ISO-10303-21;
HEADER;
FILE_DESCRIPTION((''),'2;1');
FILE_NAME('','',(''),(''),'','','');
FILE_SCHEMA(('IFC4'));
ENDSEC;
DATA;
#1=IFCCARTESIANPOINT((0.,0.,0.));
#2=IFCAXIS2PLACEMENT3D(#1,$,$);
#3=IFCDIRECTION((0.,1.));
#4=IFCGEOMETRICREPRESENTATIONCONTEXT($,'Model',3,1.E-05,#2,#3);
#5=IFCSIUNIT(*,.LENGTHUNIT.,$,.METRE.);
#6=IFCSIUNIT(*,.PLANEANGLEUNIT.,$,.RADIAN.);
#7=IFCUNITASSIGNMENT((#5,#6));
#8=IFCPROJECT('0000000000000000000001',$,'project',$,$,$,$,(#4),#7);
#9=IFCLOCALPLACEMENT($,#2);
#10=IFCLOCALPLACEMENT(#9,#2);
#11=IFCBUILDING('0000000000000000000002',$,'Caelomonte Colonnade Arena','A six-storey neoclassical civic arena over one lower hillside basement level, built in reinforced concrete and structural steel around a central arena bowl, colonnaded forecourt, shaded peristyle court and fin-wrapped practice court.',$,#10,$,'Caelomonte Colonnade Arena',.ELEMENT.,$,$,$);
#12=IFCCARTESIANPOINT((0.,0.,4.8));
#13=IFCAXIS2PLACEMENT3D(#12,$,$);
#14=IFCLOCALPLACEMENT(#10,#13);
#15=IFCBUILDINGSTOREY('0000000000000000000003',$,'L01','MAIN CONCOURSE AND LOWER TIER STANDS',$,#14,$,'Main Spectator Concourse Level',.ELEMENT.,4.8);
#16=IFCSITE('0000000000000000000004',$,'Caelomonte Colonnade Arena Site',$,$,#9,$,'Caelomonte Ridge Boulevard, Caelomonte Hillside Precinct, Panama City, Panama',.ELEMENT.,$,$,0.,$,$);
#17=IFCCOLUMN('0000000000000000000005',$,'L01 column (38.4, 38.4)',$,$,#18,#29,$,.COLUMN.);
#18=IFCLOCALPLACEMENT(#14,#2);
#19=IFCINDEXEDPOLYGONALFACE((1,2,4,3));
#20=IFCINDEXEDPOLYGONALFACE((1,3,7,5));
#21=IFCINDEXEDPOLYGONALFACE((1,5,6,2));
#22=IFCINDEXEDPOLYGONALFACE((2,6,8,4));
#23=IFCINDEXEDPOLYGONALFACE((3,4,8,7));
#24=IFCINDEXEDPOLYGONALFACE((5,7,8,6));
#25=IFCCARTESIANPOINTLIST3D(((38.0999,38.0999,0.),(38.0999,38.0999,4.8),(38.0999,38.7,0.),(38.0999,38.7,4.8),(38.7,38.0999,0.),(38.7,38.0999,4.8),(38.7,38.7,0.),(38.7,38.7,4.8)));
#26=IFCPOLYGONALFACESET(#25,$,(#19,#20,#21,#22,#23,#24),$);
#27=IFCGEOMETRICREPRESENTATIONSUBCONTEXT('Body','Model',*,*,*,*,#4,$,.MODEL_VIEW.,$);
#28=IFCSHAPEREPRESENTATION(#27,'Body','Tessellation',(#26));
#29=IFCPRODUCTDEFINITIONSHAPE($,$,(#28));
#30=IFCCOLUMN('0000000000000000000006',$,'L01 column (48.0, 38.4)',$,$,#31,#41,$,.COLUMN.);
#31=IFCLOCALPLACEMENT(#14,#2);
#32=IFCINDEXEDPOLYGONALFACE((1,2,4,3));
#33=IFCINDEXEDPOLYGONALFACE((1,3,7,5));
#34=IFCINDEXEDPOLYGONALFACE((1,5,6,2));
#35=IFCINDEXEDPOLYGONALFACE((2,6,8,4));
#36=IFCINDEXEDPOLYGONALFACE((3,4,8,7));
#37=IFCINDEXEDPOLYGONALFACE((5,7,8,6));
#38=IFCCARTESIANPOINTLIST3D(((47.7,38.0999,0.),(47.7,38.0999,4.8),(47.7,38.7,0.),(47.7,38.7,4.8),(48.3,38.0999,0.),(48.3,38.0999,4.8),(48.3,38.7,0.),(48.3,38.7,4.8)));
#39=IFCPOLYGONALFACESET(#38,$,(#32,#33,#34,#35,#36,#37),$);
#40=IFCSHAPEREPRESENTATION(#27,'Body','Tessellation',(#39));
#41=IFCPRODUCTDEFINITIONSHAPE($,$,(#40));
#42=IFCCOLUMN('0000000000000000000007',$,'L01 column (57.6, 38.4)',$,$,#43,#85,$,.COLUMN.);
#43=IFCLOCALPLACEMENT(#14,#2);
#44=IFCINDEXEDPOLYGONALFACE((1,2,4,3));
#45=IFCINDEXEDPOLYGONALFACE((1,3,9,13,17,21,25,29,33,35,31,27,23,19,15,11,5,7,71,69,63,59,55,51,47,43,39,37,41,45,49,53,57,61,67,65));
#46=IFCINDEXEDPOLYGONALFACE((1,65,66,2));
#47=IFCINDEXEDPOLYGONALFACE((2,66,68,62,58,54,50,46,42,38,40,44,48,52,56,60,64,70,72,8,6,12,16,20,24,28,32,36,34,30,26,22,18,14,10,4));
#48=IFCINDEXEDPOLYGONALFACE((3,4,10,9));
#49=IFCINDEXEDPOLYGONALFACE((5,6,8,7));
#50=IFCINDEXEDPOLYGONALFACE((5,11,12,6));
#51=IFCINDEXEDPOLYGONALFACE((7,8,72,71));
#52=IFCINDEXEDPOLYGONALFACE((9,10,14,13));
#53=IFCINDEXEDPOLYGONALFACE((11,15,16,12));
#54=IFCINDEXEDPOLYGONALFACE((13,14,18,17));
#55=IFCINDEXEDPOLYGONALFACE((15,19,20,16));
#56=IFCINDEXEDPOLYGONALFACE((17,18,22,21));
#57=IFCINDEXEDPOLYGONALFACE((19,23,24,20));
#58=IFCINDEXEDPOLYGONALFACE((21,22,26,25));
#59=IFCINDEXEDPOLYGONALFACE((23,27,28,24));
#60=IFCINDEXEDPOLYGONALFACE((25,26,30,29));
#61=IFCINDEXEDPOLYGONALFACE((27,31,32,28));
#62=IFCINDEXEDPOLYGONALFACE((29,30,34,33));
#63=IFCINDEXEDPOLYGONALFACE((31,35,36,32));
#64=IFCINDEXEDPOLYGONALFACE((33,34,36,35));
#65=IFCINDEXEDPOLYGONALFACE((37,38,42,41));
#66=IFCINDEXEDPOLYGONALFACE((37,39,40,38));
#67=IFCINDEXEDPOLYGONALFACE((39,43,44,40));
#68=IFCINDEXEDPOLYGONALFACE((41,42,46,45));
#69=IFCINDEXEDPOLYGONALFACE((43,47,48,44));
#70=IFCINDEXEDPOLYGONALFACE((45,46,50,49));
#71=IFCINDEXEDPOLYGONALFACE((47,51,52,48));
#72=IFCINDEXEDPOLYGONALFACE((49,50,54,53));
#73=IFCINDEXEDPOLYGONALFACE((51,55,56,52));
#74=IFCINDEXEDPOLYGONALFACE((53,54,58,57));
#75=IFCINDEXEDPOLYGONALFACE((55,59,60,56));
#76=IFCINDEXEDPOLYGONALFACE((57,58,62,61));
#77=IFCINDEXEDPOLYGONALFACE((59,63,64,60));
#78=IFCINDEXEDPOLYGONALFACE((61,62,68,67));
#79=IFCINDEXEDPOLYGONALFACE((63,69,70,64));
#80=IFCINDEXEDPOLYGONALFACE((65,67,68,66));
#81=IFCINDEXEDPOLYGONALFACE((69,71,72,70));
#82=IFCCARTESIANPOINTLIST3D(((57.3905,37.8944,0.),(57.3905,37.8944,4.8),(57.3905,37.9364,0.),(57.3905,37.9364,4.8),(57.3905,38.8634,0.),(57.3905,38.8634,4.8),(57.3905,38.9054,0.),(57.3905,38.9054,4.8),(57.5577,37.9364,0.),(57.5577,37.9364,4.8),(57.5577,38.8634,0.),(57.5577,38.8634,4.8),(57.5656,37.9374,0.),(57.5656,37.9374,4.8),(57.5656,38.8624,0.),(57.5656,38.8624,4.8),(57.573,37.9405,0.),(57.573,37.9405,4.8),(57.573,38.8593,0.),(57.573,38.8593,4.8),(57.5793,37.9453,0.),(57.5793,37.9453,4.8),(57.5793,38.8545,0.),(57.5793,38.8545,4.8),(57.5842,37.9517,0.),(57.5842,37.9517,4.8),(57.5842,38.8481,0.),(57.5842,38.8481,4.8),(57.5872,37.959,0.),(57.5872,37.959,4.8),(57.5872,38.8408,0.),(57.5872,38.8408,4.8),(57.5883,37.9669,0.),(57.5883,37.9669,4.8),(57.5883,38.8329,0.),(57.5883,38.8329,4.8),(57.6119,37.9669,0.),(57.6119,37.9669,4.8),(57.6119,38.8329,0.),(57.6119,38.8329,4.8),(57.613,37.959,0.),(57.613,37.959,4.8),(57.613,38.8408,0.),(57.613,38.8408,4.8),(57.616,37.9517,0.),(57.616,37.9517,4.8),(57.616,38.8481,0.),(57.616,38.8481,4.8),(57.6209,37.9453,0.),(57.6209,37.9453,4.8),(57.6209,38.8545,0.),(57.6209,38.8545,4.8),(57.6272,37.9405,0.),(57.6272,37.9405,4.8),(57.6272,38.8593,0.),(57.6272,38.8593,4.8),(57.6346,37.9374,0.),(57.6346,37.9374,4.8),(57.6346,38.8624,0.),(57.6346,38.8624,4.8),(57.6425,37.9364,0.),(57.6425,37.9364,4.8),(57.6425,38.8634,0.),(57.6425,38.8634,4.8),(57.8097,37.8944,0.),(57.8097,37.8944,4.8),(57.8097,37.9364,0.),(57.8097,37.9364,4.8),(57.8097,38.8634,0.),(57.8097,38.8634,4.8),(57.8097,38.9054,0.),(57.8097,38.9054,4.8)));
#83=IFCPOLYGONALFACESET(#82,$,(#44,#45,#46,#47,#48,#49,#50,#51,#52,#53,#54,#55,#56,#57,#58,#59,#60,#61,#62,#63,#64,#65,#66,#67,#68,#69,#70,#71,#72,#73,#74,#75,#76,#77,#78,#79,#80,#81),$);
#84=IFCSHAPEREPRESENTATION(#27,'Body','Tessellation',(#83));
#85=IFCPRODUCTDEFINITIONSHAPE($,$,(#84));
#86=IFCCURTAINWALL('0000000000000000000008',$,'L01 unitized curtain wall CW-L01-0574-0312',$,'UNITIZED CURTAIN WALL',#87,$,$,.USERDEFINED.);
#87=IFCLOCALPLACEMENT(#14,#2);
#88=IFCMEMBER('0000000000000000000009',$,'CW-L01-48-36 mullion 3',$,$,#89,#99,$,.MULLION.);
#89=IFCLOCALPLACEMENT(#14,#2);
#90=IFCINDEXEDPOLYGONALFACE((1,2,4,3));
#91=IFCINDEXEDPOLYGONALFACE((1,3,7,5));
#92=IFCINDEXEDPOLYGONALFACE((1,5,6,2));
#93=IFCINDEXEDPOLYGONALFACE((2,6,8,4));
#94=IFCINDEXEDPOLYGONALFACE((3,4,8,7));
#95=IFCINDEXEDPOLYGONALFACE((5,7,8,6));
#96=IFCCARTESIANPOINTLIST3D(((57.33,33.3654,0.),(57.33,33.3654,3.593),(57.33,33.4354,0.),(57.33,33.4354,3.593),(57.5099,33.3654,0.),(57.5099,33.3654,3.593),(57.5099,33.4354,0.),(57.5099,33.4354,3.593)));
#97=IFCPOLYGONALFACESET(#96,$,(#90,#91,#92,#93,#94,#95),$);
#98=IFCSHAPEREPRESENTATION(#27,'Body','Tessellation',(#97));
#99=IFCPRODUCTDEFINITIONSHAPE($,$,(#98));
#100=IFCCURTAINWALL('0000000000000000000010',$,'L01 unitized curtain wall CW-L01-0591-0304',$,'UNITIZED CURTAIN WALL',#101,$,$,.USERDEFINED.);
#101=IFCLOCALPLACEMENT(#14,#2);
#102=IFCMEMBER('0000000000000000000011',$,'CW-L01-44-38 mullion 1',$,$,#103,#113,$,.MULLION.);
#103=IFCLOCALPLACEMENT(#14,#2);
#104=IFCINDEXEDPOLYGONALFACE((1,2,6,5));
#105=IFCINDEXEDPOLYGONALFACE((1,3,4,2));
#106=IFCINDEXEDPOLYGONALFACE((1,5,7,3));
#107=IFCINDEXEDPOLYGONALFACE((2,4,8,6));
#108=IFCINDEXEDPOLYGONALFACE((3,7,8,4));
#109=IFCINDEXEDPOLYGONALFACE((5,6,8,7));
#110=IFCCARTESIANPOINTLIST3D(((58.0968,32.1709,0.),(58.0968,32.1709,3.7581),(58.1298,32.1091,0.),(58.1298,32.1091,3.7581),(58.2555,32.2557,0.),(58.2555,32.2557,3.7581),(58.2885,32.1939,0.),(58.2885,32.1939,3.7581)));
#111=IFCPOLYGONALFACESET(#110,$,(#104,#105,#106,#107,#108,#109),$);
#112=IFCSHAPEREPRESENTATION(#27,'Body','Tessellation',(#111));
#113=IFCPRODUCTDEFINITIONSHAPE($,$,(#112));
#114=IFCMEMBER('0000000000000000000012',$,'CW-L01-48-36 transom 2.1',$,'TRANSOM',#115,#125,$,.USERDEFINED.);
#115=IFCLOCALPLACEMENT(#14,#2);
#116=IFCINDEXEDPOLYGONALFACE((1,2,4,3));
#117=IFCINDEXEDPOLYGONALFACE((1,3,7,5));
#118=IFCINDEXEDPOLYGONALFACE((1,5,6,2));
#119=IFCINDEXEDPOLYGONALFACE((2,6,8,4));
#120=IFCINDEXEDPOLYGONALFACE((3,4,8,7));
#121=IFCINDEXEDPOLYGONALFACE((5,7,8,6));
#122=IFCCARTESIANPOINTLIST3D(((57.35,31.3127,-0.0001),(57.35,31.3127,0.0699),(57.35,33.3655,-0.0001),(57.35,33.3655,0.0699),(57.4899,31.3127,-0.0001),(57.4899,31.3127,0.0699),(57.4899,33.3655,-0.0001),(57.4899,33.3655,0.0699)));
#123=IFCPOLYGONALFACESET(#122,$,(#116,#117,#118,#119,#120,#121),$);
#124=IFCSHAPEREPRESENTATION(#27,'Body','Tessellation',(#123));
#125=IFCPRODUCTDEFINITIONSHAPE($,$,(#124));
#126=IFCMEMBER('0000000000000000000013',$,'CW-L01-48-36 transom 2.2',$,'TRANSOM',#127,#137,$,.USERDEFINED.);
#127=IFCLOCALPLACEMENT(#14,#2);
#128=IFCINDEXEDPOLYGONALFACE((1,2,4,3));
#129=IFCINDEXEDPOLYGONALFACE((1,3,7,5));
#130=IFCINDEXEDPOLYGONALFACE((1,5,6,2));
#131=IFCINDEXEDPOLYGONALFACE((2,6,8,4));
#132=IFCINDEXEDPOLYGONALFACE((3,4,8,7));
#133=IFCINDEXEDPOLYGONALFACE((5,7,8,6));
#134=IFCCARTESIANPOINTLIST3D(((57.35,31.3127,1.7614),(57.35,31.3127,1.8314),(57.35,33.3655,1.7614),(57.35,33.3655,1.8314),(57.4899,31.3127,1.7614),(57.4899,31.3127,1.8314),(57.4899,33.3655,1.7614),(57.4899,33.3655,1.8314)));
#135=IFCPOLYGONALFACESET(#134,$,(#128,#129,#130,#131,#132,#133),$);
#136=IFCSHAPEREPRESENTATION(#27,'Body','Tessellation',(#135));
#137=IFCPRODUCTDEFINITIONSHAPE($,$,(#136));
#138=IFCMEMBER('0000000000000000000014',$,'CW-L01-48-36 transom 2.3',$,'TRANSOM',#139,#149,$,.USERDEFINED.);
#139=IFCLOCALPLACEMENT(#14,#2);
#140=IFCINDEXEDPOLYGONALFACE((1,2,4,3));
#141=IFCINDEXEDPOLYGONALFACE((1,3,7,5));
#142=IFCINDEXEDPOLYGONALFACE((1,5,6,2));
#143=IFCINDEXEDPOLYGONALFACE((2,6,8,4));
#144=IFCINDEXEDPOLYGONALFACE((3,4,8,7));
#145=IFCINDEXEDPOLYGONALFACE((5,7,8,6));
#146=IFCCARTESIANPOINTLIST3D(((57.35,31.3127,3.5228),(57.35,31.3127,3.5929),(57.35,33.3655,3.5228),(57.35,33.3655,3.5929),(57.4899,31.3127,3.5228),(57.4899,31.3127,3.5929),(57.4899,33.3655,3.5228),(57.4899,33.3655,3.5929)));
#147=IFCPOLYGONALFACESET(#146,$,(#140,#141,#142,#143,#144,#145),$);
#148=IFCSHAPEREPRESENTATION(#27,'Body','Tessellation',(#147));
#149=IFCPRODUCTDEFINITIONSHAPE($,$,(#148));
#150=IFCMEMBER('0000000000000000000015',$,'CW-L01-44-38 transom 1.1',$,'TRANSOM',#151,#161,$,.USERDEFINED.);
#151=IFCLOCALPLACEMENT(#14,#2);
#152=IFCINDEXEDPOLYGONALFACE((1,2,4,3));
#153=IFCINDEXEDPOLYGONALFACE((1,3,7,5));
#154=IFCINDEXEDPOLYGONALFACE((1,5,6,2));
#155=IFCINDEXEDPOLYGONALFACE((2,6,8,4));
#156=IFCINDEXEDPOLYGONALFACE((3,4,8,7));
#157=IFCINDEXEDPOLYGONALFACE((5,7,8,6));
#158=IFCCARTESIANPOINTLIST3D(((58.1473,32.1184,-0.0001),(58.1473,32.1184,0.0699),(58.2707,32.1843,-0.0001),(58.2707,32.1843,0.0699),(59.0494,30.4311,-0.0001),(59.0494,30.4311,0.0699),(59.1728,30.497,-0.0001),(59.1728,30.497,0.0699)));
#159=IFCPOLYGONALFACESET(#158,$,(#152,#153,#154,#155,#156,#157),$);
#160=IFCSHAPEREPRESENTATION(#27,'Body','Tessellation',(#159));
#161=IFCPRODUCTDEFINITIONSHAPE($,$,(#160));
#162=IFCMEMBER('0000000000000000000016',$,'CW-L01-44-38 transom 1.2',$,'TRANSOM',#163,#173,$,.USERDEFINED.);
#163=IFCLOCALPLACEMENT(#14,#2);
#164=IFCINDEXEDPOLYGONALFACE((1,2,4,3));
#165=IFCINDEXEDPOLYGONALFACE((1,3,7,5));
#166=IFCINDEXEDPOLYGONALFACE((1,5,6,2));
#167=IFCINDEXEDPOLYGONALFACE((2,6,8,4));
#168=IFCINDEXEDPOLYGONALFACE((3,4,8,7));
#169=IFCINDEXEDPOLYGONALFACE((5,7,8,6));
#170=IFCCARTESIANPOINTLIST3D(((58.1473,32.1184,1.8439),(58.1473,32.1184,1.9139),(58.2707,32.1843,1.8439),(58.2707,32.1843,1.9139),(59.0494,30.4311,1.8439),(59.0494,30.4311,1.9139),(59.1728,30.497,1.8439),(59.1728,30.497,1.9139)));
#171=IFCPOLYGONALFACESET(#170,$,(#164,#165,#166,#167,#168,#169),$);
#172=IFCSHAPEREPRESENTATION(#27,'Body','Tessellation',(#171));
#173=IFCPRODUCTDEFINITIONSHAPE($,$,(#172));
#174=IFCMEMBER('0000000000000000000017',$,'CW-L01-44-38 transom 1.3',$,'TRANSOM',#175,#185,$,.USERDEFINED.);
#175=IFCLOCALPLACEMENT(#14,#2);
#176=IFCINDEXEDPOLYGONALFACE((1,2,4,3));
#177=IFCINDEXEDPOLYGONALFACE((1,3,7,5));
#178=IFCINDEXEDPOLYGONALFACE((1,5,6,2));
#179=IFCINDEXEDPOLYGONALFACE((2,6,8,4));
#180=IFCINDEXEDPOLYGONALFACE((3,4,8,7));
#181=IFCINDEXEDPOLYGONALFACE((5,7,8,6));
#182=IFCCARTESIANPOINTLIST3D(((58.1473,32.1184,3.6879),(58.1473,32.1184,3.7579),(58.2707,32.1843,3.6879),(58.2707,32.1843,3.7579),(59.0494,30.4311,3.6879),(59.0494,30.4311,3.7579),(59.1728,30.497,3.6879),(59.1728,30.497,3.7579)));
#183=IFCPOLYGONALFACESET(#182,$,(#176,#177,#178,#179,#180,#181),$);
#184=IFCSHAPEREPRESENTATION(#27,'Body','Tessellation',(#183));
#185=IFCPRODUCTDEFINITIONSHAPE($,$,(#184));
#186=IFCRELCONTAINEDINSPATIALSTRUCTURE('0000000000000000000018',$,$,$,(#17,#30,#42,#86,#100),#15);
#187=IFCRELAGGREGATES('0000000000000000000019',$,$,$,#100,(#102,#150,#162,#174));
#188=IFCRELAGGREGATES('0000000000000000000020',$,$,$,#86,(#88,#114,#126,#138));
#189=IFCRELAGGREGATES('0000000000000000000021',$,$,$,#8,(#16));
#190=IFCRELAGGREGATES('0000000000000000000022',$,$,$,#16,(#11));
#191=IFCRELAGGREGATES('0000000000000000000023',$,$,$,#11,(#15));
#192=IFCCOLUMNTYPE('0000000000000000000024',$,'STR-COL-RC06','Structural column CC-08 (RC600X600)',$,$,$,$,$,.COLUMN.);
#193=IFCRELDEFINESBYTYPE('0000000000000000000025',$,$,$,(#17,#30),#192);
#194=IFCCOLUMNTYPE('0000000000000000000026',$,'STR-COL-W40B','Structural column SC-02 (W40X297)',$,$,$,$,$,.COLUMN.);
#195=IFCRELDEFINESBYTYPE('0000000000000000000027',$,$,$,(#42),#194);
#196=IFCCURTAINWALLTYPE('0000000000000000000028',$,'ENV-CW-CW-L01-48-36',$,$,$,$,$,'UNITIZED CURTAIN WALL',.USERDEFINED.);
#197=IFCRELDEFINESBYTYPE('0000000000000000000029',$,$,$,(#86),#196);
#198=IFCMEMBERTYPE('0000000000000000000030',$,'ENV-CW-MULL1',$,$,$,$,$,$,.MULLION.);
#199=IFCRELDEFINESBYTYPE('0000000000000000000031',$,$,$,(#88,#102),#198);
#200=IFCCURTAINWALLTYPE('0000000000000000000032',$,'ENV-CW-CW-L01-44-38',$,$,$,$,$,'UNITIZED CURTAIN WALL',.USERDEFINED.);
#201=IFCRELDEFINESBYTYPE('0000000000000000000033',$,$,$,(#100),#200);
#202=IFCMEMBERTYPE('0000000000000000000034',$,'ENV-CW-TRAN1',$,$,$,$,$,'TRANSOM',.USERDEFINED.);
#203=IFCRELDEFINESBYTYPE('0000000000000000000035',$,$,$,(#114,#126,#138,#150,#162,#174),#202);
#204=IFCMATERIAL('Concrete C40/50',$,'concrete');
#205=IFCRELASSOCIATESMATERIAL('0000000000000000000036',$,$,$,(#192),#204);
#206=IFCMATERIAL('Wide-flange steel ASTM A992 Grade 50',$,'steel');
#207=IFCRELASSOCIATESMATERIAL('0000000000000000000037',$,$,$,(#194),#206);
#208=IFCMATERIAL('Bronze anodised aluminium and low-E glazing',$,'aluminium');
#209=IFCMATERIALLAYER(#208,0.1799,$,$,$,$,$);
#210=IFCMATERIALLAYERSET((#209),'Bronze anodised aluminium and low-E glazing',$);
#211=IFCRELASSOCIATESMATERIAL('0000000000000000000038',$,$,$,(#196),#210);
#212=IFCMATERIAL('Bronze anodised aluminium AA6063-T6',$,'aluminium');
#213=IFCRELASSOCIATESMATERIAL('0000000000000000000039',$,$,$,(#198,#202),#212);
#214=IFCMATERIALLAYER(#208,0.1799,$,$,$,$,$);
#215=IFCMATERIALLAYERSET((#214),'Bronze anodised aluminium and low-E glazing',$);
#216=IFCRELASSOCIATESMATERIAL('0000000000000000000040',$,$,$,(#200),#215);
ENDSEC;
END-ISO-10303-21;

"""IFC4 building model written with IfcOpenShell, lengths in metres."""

from ifc_helpers import new_model, si_unit, direction, frame, origin, origin_2d, place, context, subcontext, project, spatial, rectangle, i_section, extrude, material, layer, layer_set, material_profile, profile_set, type_object, element, aggregate, save


model = new_model("IFC4")

# Units and contexts
model_context = context("Model", 3, precision=1e-05, world=origin(), true_north=direction((0.0, 1.0)))
body_context = subcontext(model_context, "Body", "Model", "MODEL_VIEW")
ifc_project = project(units=[si_unit("LENGTHUNIT", "METRE"), si_unit("PLANEANGLEUNIT", "RADIAN")], contexts=[model_context])

# Site, building, storey
site_placement = place(None, origin())
site = spatial("IfcSite", under=ifc_project, at=site_placement, Name="Caelomonte Colonnade Arena Site", LongName="Caelomonte Ridge Boulevard, Caelomonte Hillside Precinct, Panama City, Panama", CompositionType="ELEMENT", RefElevation=0.0)
building_placement = place(site_placement, origin())
building = spatial("IfcBuilding", under=site, at=building_placement, Name="Caelomonte Colonnade Arena", Description="A six-storey neoclassical civic arena over one lower hillside basement level, built in reinforced concrete and structural steel around a central arena bowl, colonnaded forecourt, shaded peristyle court and fin-wrapped practice court.", LongName="Caelomonte Colonnade Arena", CompositionType="ELEMENT")
storey_placement = place(building_placement, frame((0.0, 0.0, 4.8)))
storey = spatial("IfcBuildingStorey", under=building, at=storey_placement, Name="L01", Description="MAIN CONCOURSE AND LOWER TIER STANDS", LongName="Main Spectator Concourse Level", CompositionType="ELEMENT", Elevation=4.8)

# Columns
ifc_material_1 = material(Name="Concrete C40/50", Category="concrete")
ifc_material_profile_1 = material_profile(ifc_material_1, rectangle(XDim=0.6001, YDim=0.6001, at=origin_2d()), Name="RC600X600")
ifc_profile_set_1 = profile_set([ifc_material_profile_1], Name="Concrete C40/50")
column_type_1 = type_object("IfcColumnType", Name="STR-COL-RC06", Description="Structural column CC-08 (RC600X600)", PredefinedType="COLUMN", material=ifc_profile_set_1)
for number, where, z_axis, x_axis, name in (
    (1, (38.3999, 38.3999, 0.0), (0.0, 0.0, 1.0), (1.0, 0.0, 0.0), "L01 column (38.4, 38.4)"),
    (2, (48.0, 38.3999, 0.0), (0.0, 0.0, 1.0), (1.0, 0.0, 0.0), "L01 column (48.0, 38.4)"),
):
    element("IfcColumn", number, at=place(storey_placement, frame(where, z_axis=z_axis, x_axis=x_axis)), inside=storey, type_object=column_type_1, Name=name, PredefinedType="COLUMN", context=body_context, shape_type="SweptSolid", body=[
        extrude(rectangle(XDim=0.6001, YDim=0.6001, at=origin_2d()), origin(), (0.0, 0.0, 1.0), 4.8),
    ])
ifc_material_2 = material(Name="Wide-flange steel ASTM A992 Grade 50", Category="steel")
ifc_material_profile_2 = material_profile(ifc_material_2, i_section(OverallWidth=0.4192, OverallDepth=1.011, WebThickness=0.0237, FlangeThickness=0.042, FilletRadius=0.0305, at=origin_2d()), Name="W40X297")
ifc_profile_set_2 = profile_set([ifc_material_profile_2], Name="Wide-flange steel ASTM A992 Grade 50")
column_type_2 = type_object("IfcColumnType", Name="STR-COL-W40B", Description="Structural column SC-02 (W40X297)", PredefinedType="COLUMN", material=ifc_profile_set_2)
column_placement = place(storey_placement, frame((57.6001, 38.3999, 0.0), z_axis=(0.0, 0.0, 1.0), x_axis=(1.0, 0.0, 0.0)))
element("IfcColumn", 3, at=column_placement, inside=storey, type_object=column_type_2, Name="L01 column (57.6, 38.4)", PredefinedType="COLUMN", context=body_context, shape_type="SweptSolid", body=[
    extrude(i_section(OverallWidth=0.4192, OverallDepth=1.011, WebThickness=0.0237, FlangeThickness=0.042, FilletRadius=0.0305, at=origin_2d()), origin(), (0.0, 0.0, 1.0), 4.8),
])

# Curtain walls, members
ifc_material_3 = material(Name="Bronze anodised aluminium and low-E glazing", Category="aluminium")
ifc_layer_1 = layer(ifc_material_3, 0.1799)
ifc_layer_set_1 = layer_set([ifc_layer_1], Name="Bronze anodised aluminium and low-E glazing")
curtain_wall_type_1 = type_object("IfcCurtainWallType", Name="ENV-CW-CW-L01-48-36", ElementType="UNITIZED CURTAIN WALL", PredefinedType="USERDEFINED", material=ifc_layer_set_1)
curtain_wall_1_placement = place(storey_placement, origin())
curtain_wall_1 = element("IfcCurtainWall", 4, at=curtain_wall_1_placement, inside=storey, type_object=curtain_wall_type_1, Name="L01 unitized curtain wall CW-L01-0574-0312", ObjectType="UNITIZED CURTAIN WALL", PredefinedType="USERDEFINED")
ifc_material_4 = material(Name="Bronze anodised aluminium AA6063-T6", Category="aluminium")
ifc_material_profile_3 = material_profile(ifc_material_4, rectangle(XDim=0.0701, YDim=0.1799, at=origin_2d()), Name="CWM-70X180")
ifc_profile_set_3 = profile_set([ifc_material_profile_3], Name="Bronze anodised aluminium AA6063-T6")
member_type_1 = type_object("IfcMemberType", Name="ENV-CW-MULL1", PredefinedType="MULLION", material=ifc_profile_set_3)
member_1_placement = place(storey_placement, frame((57.4199, 33.4004, 0.0), z_axis=(0.0, 0.0, 1.0), x_axis=(0.0, 1.0, 0.0)))
member_1 = element("IfcMember", 5, at=member_1_placement, type_object=member_type_1, Name="CW-L01-48-36 mullion 3", PredefinedType="MULLION", context=body_context, shape_type="SweptSolid", body=[
    extrude(rectangle(XDim=0.0701, YDim=0.1799, at=origin_2d()), origin(), (0.0, 0.0, 1.0), 3.593),
])
ifc_layer_2 = layer(ifc_material_3, 0.1799)
ifc_layer_set_2 = layer_set([ifc_layer_2], Name="Bronze anodised aluminium and low-E glazing")
curtain_wall_type_2 = type_object("IfcCurtainWallType", Name="ENV-CW-CW-L01-44-38", ElementType="UNITIZED CURTAIN WALL", PredefinedType="USERDEFINED", material=ifc_layer_set_2)
curtain_wall_2_placement = place(storey_placement, origin())
curtain_wall_2 = element("IfcCurtainWall", 6, at=curtain_wall_2_placement, inside=storey, type_object=curtain_wall_type_2, Name="L01 unitized curtain wall CW-L01-0591-0304", ObjectType="UNITIZED CURTAIN WALL", PredefinedType="USERDEFINED")
member_2_placement = place(storey_placement, frame((58.1926, 32.1824, 0.0), z_axis=(0.0, 0.0, 1.0), x_axis=(0.471394, -0.881923, 0.0)))
member_2 = element("IfcMember", 7, at=member_2_placement, type_object=member_type_1, Name="CW-L01-44-38 mullion 1", PredefinedType="MULLION", context=body_context, shape_type="SweptSolid", body=[
    extrude(rectangle(XDim=0.0701, YDim=0.1799, at=origin_2d()), origin(), (0.0, 0.0, 1.0), 3.7581),
])

# Members
ifc_material_profile_4 = material_profile(ifc_material_4, rectangle(XDim=0.0701, YDim=0.1399, at=origin_2d()), Name="CWT-70X140")
ifc_profile_set_4 = profile_set([ifc_material_profile_4], Name="Bronze anodised aluminium AA6063-T6")
member_type_2 = type_object("IfcMemberType", Name="ENV-CW-TRAN1", ElementType="TRANSOM", PredefinedType="USERDEFINED", material=ifc_profile_set_4)
member_3_placement = place(storey_placement, frame((57.4199, 31.3127, 0.0349), z_axis=(0.0, 1.0, 0.0), x_axis=(0.0, 0.0, 1.0)))
member_3 = element("IfcMember", 8, at=member_3_placement, type_object=member_type_2, Name="CW-L01-48-36 transom 2.1", ObjectType="TRANSOM", PredefinedType="USERDEFINED", context=body_context, shape_type="SweptSolid", body=[
    extrude(rectangle(XDim=0.0701, YDim=0.1399, at=origin_2d()), origin(), (0.0, 0.0, 1.0), 2.0527),
])
member_4_placement = place(storey_placement, frame((57.4199, 31.3127, 1.7964), z_axis=(0.0, 1.0, 0.0), x_axis=(0.0, 0.0, 1.0)))
member_4 = element("IfcMember", 9, at=member_4_placement, type_object=member_type_2, Name="CW-L01-48-36 transom 2.2", ObjectType="TRANSOM", PredefinedType="USERDEFINED", context=body_context, shape_type="SweptSolid", body=[
    extrude(rectangle(XDim=0.0701, YDim=0.1399, at=origin_2d()), origin(), (0.0, 0.0, 1.0), 2.0527),
])
member_5_placement = place(storey_placement, frame((57.4199, 31.3127, 3.5579), z_axis=(0.0, 1.0, 0.0), x_axis=(0.0, 0.0, 1.0)))
member_5 = element("IfcMember", 10, at=member_5_placement, type_object=member_type_2, Name="CW-L01-48-36 transom 2.3", ObjectType="TRANSOM", PredefinedType="USERDEFINED", context=body_context, shape_type="SweptSolid", body=[
    extrude(rectangle(XDim=0.0701, YDim=0.1399, at=origin_2d()), origin(), (0.0, 0.0, 1.0), 2.0527),
])
member_6_placement = place(storey_placement, frame((58.209, 32.1514, 0.0349), z_axis=(0.471495, -0.881869, 0.0), x_axis=(0.0, 0.0, 1.0)))
member_6 = element("IfcMember", 11, at=member_6_placement, type_object=member_type_2, Name="CW-L01-44-38 transom 1.1", ObjectType="TRANSOM", PredefinedType="USERDEFINED", context=body_context, shape_type="SweptSolid", body=[
    extrude(rectangle(XDim=0.0701, YDim=0.1399, at=origin_2d()), origin(), (0.0, 0.0, 1.0), 1.9133),
])
member_7_placement = place(storey_placement, frame((58.209, 32.1514, 1.8789), z_axis=(0.471495, -0.881869, 0.0), x_axis=(0.0, 0.0, 1.0)))
member_7 = element("IfcMember", 12, at=member_7_placement, type_object=member_type_2, Name="CW-L01-44-38 transom 1.2", ObjectType="TRANSOM", PredefinedType="USERDEFINED", context=body_context, shape_type="SweptSolid", body=[
    extrude(rectangle(XDim=0.0701, YDim=0.1399, at=origin_2d()), origin(), (0.0, 0.0, 1.0), 1.9133),
])
member_8_placement = place(storey_placement, frame((58.209, 32.1514, 3.7229), z_axis=(0.471495, -0.881869, 0.0), x_axis=(0.0, 0.0, 1.0)))
member_8 = element("IfcMember", 13, at=member_8_placement, type_object=member_type_2, Name="CW-L01-44-38 transom 1.3", ObjectType="TRANSOM", PredefinedType="USERDEFINED", context=body_context, shape_type="SweptSolid", body=[
    extrude(rectangle(XDim=0.0701, YDim=0.1399, at=origin_2d()), origin(), (0.0, 0.0, 1.0), 1.9133),
])
aggregate(curtain_wall_2, [member_2, member_6, member_7, member_8])

aggregate(curtain_wall_1, [member_1, member_3, member_4, member_5])

save(model, "model.ifc")
